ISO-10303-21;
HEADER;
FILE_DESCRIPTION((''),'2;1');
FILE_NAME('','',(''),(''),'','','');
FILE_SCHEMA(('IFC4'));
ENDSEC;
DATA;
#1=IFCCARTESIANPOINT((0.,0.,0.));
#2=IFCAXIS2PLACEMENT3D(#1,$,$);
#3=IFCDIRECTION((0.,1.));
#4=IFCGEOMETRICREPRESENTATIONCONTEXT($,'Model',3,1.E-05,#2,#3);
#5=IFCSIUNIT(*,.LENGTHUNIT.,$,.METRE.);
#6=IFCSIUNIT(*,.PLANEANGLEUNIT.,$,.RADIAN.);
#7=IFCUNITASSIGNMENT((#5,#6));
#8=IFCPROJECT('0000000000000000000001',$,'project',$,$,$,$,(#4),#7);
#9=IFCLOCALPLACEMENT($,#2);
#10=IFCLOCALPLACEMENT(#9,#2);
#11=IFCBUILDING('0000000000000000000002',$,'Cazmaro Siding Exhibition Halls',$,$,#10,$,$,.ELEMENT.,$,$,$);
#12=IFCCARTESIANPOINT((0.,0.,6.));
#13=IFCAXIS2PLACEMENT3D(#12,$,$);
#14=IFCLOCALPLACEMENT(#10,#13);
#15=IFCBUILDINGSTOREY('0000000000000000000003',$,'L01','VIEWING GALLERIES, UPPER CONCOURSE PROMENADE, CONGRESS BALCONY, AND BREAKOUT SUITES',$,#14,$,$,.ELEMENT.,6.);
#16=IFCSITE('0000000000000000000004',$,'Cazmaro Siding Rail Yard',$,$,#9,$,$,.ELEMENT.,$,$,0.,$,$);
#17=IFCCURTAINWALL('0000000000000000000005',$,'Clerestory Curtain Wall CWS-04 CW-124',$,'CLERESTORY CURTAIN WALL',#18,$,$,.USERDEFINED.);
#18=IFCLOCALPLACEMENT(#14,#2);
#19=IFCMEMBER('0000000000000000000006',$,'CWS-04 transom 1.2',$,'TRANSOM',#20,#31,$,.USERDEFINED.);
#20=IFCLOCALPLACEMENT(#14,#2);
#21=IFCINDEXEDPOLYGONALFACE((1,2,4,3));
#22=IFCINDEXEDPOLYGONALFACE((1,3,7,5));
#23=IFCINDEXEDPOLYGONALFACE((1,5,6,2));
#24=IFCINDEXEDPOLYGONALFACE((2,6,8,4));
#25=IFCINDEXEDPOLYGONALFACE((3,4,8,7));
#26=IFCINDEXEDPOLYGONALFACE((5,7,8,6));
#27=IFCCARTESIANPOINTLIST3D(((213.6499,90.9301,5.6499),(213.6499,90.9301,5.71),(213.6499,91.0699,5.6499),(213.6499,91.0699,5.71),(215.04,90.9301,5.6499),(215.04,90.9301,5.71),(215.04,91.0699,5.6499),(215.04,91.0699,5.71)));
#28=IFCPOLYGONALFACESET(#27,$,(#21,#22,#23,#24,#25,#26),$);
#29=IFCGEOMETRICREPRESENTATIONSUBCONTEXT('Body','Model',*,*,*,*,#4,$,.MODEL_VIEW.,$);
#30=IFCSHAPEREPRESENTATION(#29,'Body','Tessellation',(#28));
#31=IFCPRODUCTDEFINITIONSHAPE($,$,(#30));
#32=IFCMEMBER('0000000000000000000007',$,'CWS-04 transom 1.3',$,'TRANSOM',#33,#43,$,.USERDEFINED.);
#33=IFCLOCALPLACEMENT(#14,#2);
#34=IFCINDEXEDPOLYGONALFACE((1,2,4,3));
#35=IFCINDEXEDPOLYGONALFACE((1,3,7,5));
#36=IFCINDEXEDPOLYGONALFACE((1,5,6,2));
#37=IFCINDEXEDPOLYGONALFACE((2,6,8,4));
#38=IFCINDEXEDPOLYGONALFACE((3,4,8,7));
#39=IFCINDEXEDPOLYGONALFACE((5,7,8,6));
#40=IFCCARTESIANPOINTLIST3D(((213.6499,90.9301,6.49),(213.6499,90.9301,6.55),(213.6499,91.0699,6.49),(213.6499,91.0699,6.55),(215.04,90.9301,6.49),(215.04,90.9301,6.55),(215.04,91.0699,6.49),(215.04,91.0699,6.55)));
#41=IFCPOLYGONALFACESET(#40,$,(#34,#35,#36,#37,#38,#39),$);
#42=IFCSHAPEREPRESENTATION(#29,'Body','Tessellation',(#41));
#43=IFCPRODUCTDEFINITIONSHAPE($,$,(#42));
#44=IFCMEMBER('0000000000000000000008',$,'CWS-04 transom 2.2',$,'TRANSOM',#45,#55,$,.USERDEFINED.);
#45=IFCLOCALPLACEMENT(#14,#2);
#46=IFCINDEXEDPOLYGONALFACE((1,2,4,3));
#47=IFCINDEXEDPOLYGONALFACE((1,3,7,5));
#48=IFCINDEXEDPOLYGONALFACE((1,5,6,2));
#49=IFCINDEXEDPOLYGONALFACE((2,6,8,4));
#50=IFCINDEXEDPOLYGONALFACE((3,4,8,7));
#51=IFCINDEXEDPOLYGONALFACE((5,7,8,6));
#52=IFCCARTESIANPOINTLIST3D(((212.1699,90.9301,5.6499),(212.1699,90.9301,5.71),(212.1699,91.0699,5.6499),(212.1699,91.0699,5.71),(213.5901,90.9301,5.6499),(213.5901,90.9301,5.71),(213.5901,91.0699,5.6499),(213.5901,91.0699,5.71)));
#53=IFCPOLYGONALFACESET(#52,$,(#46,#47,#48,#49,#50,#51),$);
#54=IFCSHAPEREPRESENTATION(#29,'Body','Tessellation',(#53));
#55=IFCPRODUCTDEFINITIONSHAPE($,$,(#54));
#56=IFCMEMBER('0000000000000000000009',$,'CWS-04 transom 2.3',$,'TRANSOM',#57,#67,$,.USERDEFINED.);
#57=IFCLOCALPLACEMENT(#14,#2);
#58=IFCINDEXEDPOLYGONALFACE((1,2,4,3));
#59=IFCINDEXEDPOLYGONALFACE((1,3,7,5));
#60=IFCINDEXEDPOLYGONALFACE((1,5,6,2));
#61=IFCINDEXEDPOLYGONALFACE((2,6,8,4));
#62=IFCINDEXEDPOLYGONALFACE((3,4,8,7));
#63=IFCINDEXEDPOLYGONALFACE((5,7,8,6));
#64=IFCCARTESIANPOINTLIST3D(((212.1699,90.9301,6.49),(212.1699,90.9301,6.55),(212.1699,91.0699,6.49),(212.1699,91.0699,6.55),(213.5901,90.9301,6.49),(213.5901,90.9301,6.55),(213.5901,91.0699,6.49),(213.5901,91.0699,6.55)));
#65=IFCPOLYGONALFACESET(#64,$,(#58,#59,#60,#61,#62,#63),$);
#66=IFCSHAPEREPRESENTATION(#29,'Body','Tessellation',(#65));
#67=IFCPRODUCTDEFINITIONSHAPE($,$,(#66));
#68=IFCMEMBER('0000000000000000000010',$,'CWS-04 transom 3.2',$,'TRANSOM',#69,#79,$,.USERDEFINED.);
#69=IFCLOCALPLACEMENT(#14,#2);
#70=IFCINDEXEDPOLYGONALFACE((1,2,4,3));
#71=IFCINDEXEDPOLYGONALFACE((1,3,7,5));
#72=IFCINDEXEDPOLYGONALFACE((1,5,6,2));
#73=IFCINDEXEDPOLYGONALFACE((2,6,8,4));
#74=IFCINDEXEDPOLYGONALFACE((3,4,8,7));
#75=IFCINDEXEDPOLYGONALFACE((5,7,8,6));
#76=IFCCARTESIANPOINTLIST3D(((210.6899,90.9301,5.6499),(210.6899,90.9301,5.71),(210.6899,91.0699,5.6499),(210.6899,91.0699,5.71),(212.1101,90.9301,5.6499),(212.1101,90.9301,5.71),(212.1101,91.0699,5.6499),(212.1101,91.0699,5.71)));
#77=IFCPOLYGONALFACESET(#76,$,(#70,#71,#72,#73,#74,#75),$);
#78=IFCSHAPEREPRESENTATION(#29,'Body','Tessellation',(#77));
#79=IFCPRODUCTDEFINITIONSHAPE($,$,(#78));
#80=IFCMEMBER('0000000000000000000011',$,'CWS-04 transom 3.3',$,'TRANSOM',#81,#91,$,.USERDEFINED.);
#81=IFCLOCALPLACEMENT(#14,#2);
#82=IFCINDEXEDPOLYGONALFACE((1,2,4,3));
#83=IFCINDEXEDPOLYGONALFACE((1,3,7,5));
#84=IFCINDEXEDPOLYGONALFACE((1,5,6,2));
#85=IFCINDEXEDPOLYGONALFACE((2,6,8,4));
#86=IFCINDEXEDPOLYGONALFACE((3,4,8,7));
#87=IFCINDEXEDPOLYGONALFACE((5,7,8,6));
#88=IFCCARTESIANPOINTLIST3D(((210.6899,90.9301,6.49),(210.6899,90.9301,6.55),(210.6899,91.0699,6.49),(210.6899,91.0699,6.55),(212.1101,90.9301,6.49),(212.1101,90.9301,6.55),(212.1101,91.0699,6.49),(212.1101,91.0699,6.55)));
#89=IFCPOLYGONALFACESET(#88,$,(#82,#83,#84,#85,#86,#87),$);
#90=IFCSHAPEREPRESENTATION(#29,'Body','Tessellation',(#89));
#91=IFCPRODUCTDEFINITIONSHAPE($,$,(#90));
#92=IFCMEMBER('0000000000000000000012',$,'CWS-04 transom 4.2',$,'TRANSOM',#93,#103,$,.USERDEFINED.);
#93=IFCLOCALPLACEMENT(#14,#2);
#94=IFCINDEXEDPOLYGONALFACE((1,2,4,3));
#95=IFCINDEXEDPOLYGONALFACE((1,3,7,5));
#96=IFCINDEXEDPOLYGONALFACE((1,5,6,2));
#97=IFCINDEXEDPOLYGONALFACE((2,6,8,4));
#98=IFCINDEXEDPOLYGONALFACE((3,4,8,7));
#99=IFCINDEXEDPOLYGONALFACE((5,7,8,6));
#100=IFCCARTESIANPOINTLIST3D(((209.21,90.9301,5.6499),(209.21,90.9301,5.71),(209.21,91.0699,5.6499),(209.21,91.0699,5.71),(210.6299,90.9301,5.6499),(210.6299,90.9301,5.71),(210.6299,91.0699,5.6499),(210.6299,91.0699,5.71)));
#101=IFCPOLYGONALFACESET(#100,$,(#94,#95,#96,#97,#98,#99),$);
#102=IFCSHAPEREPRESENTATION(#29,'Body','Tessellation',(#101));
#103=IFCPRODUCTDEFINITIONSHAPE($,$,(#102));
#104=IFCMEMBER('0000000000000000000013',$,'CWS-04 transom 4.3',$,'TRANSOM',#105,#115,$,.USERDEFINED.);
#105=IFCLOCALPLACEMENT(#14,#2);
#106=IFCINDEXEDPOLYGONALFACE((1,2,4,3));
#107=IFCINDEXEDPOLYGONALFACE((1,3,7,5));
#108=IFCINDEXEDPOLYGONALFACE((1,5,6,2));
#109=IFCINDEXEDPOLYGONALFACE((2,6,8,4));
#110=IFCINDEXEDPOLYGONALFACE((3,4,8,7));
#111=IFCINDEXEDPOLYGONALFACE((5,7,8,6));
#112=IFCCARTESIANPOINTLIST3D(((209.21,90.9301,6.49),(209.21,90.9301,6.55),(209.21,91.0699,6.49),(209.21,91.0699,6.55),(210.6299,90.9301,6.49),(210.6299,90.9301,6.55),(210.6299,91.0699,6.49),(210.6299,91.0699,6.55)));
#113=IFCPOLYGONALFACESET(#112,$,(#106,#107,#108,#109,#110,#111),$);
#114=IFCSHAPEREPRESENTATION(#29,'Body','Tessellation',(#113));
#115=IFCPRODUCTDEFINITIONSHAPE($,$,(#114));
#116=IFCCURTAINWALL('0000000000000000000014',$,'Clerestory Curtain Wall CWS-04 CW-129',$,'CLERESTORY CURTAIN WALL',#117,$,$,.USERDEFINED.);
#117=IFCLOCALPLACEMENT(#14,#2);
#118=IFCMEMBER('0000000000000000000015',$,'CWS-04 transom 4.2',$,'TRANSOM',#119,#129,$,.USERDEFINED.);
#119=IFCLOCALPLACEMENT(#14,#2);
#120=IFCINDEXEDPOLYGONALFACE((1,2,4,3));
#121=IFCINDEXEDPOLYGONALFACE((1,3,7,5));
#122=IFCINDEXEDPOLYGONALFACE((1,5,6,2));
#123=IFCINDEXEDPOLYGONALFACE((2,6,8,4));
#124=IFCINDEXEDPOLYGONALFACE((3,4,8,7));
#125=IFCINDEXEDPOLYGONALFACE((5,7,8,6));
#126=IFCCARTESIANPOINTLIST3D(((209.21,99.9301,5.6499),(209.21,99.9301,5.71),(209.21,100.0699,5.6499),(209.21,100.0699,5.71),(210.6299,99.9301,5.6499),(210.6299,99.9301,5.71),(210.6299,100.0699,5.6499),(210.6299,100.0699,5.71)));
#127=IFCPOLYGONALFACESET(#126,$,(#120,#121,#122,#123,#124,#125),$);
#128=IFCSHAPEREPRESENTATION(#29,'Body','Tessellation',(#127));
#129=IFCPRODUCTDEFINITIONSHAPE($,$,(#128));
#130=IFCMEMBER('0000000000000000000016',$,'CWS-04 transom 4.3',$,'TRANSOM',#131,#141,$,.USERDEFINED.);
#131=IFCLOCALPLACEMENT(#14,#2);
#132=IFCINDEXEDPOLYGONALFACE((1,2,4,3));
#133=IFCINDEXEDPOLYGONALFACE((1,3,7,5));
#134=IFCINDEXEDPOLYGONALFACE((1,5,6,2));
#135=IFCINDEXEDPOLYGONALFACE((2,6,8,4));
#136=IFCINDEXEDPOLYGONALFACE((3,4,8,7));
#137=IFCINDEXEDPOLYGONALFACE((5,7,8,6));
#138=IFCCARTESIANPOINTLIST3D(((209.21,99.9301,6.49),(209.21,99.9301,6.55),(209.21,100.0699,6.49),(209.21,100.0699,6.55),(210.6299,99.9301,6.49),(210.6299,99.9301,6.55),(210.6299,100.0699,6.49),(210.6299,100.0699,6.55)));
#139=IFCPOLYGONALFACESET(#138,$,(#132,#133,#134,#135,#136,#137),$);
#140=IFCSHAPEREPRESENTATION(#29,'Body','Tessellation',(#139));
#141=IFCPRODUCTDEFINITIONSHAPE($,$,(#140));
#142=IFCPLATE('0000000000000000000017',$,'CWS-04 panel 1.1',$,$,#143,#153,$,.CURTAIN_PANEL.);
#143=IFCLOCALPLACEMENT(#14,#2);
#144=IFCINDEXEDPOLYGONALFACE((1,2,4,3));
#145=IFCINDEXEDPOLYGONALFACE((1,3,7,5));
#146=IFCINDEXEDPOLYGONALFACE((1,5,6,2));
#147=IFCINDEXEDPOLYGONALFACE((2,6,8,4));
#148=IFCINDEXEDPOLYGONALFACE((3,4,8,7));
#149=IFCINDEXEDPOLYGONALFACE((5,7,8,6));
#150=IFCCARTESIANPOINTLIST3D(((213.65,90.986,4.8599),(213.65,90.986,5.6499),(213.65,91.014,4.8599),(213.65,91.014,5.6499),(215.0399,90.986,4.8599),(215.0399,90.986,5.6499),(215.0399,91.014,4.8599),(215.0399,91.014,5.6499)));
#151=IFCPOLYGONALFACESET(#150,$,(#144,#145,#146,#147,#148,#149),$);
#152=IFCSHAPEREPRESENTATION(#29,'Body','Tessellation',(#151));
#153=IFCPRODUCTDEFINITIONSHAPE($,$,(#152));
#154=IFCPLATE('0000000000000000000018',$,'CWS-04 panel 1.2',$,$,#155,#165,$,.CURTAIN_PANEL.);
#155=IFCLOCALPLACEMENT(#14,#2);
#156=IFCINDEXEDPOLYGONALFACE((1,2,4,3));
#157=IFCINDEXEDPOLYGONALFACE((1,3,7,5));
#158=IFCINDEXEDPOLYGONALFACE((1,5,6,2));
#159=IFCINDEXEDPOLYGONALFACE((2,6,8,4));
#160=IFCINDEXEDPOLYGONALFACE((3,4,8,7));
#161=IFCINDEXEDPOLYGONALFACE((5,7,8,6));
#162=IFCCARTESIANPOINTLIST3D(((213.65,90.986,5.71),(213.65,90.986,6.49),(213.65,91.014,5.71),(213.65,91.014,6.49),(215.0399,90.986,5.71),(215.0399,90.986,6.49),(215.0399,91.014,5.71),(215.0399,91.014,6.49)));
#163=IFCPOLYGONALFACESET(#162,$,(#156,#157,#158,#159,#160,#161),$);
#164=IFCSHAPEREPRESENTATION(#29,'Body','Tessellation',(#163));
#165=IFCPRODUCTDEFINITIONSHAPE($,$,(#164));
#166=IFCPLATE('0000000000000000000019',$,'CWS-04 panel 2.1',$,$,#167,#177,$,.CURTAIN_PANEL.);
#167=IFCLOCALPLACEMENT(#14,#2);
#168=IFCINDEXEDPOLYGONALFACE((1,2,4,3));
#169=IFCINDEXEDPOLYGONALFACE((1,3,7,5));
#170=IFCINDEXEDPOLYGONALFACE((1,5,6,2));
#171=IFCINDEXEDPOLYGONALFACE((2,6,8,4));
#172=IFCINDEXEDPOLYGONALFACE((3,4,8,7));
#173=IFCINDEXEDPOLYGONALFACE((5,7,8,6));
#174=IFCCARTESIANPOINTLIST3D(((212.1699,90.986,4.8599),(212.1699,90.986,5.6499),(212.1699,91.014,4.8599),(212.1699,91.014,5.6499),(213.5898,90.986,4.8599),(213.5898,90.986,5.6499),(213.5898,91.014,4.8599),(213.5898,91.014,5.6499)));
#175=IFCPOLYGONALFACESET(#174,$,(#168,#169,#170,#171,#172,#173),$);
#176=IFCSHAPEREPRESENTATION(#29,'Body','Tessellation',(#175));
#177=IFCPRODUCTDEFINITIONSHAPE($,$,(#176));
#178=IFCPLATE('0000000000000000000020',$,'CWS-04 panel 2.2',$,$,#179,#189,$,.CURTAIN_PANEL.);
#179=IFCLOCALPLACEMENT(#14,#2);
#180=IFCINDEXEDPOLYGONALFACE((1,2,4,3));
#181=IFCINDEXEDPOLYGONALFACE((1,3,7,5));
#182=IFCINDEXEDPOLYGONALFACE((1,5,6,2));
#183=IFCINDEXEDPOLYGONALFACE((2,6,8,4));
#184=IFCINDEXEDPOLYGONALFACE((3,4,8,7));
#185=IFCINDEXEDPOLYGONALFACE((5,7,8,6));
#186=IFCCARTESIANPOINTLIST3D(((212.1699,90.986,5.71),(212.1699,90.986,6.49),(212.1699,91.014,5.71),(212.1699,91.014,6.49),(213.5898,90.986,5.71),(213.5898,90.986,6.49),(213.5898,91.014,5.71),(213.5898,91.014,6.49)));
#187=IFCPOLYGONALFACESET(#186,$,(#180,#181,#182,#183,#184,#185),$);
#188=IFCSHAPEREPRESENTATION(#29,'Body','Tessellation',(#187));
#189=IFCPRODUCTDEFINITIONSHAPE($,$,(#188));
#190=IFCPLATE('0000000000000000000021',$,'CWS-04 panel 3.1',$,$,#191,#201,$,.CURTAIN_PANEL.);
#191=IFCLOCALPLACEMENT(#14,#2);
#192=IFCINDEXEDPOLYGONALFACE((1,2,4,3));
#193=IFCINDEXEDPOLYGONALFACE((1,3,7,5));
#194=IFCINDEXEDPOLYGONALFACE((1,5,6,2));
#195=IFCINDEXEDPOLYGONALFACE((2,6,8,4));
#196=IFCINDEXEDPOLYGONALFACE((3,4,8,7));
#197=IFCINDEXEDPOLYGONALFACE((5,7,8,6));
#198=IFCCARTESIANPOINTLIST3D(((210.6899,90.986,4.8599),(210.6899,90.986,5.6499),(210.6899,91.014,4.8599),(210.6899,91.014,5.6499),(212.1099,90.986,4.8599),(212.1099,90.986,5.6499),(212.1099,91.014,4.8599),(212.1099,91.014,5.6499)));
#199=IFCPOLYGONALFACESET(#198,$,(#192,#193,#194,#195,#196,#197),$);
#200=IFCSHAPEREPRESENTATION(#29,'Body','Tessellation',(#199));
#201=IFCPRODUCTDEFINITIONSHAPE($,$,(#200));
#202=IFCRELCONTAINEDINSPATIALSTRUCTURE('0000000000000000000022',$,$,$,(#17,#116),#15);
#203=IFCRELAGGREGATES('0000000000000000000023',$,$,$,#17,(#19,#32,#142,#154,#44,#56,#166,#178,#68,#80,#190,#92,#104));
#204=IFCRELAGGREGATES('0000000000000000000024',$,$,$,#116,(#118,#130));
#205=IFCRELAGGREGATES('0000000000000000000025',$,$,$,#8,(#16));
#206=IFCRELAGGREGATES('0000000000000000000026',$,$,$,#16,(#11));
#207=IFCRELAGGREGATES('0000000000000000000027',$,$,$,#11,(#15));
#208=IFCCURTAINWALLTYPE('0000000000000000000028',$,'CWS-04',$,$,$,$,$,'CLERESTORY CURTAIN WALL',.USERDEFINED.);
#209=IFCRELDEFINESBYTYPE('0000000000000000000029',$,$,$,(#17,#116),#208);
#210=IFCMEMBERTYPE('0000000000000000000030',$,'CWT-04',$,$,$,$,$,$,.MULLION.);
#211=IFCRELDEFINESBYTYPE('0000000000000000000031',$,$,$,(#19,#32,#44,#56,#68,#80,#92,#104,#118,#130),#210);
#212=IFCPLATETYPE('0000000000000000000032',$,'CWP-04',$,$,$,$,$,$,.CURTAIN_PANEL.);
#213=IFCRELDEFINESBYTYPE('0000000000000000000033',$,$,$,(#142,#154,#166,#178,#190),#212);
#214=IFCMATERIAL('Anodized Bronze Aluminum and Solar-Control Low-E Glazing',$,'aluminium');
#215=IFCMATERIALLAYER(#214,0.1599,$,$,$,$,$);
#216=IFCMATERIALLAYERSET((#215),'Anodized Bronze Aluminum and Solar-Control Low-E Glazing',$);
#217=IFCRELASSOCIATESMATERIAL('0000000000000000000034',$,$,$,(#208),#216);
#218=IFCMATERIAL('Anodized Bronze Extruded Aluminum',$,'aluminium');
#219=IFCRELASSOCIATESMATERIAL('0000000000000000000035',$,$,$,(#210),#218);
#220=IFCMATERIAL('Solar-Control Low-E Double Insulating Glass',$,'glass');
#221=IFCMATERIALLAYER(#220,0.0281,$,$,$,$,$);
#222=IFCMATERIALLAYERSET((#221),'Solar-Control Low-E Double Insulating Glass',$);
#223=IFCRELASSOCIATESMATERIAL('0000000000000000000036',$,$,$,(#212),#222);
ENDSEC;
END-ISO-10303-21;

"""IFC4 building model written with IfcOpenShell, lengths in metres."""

from ifc_helpers import new_model, si_unit, direction, frame, origin, origin_2d, place, context, subcontext, project, spatial, rectangle, extrude, material, layer, layer_set, material_profile, profile_set, type_object, element, aggregate, save


model = new_model("IFC4")

# Units and contexts
model_context = context("Model", 3, precision=1e-05, world=origin(), true_north=direction((0.0, 1.0)))
body_context = subcontext(model_context, "Body", "Model", "MODEL_VIEW")
ifc_project = project(units=[si_unit("LENGTHUNIT", "METRE"), si_unit("PLANEANGLEUNIT", "RADIAN")], contexts=[model_context])

# Site, building, storey
site_placement = place(None, origin())
site = spatial("IfcSite", under=ifc_project, at=site_placement, Name="Cazmaro Siding Rail Yard", CompositionType="ELEMENT", RefElevation=0.0)
building_placement = place(site_placement, origin())
building = spatial("IfcBuilding", under=site, at=building_placement, Name="Cazmaro Siding Exhibition Halls", CompositionType="ELEMENT")
storey_placement = place(building_placement, frame((0.0, 0.0, 6.0)))
storey = spatial("IfcBuildingStorey", under=building, at=storey_placement, Name="L01", Description="VIEWING GALLERIES, UPPER CONCOURSE PROMENADE, CONGRESS BALCONY, AND BREAKOUT SUITES", CompositionType="ELEMENT", Elevation=6.0)

# Curtain walls, members
ifc_material_1 = material(Name="Anodized Bronze Aluminum and Solar-Control Low-E Glazing", Category="aluminium")
ifc_layer_1 = layer(ifc_material_1, 0.1599)
ifc_layer_set_1 = layer_set([ifc_layer_1], Name="Anodized Bronze Aluminum and Solar-Control Low-E Glazing")
curtain_wall_type = type_object("IfcCurtainWallType", Name="CWS-04", ElementType="CLERESTORY CURTAIN WALL", PredefinedType="USERDEFINED", material=ifc_layer_set_1)
curtain_wall_1_placement = place(storey_placement, origin())
curtain_wall_1 = element("IfcCurtainWall", 1, at=curtain_wall_1_placement, inside=storey, type_object=curtain_wall_type, Name="Clerestory Curtain Wall CWS-04 CW-124", ObjectType="CLERESTORY CURTAIN WALL", PredefinedType="USERDEFINED")
ifc_material_2 = material(Name="Anodized Bronze Extruded Aluminum", Category="aluminium")
ifc_material_profile = material_profile(ifc_material_2, rectangle(XDim=0.1399, YDim=0.0601, at=origin_2d()), Name="CWT-04")
ifc_profile_set = profile_set([ifc_material_profile], Name="Anodized Bronze Extruded Aluminum")
member_type = type_object("IfcMemberType", Name="CWT-04", PredefinedType="MULLION", material=ifc_profile_set)
member_1_placement = place(storey_placement, frame((215.04, 91.0, 5.6799), z_axis=(-1.0, 0.0, 0.0), x_axis=(0.0, -1.0, 0.0)))
member_1 = element("IfcMember", 2, at=member_1_placement, type_object=member_type, Name="CWS-04 transom 1.2", ObjectType="TRANSOM", PredefinedType="USERDEFINED", context=body_context, shape_type="SweptSolid", body=[
    extrude(rectangle(XDim=0.1399, YDim=0.0601, at=origin_2d()), origin(), (0.0, 0.0, 1.0), 1.3901),
])
member_2_placement = place(storey_placement, frame((215.04, 91.0, 6.52), z_axis=(-1.0, 0.0, 0.0), x_axis=(0.0, -1.0, 0.0)))
member_2 = element("IfcMember", 3, at=member_2_placement, type_object=member_type, Name="CWS-04 transom 1.3", ObjectType="TRANSOM", PredefinedType="USERDEFINED", context=body_context, shape_type="SweptSolid", body=[
    extrude(rectangle(XDim=0.1399, YDim=0.0601, at=origin_2d()), origin(), (0.0, 0.0, 1.0), 1.3901),
])
member_3_placement = place(storey_placement, frame((213.5901, 91.0, 5.6799), z_axis=(-1.0, 0.0, 0.0), x_axis=(0.0, -1.0, 0.0)))
member_3 = element("IfcMember", 4, at=member_3_placement, type_object=member_type, Name="CWS-04 transom 2.2", ObjectType="TRANSOM", PredefinedType="USERDEFINED", context=body_context, shape_type="SweptSolid", body=[
    extrude(rectangle(XDim=0.1399, YDim=0.0601, at=origin_2d()), origin(), (0.0, 0.0, 1.0), 1.4202),
])
member_4_placement = place(storey_placement, frame((213.5901, 91.0, 6.52), z_axis=(-1.0, 0.0, 0.0), x_axis=(0.0, -1.0, 0.0)))
member_4 = element("IfcMember", 5, at=member_4_placement, type_object=member_type, Name="CWS-04 transom 2.3", ObjectType="TRANSOM", PredefinedType="USERDEFINED", context=body_context, shape_type="SweptSolid", body=[
    extrude(rectangle(XDim=0.1399, YDim=0.0601, at=origin_2d()), origin(), (0.0, 0.0, 1.0), 1.4202),
])
member_5_placement = place(storey_placement, frame((212.1101, 91.0, 5.6799), z_axis=(-1.0, 0.0, 0.0), x_axis=(0.0, -1.0, 0.0)))
member_5 = element("IfcMember", 6, at=member_5_placement, type_object=member_type, Name="CWS-04 transom 3.2", ObjectType="TRANSOM", PredefinedType="USERDEFINED", context=body_context, shape_type="SweptSolid", body=[
    extrude(rectangle(XDim=0.1399, YDim=0.0601, at=origin_2d()), origin(), (0.0, 0.0, 1.0), 1.4202),
])
member_6_placement = place(storey_placement, frame((212.1101, 91.0, 6.52), z_axis=(-1.0, 0.0, 0.0), x_axis=(0.0, -1.0, 0.0)))
member_6 = element("IfcMember", 7, at=member_6_placement, type_object=member_type, Name="CWS-04 transom 3.3", ObjectType="TRANSOM", PredefinedType="USERDEFINED", context=body_context, shape_type="SweptSolid", body=[
    extrude(rectangle(XDim=0.1399, YDim=0.0601, at=origin_2d()), origin(), (0.0, 0.0, 1.0), 1.4202),
])
member_7_placement = place(storey_placement, frame((210.6299, 91.0, 5.6799), z_axis=(-1.0, 0.0, 0.0), x_axis=(0.0, -1.0, 0.0)))
member_7 = element("IfcMember", 8, at=member_7_placement, type_object=member_type, Name="CWS-04 transom 4.2", ObjectType="TRANSOM", PredefinedType="USERDEFINED", context=body_context, shape_type="SweptSolid", body=[
    extrude(rectangle(XDim=0.1399, YDim=0.0601, at=origin_2d()), origin(), (0.0, 0.0, 1.0), 1.4199),
])
member_8_placement = place(storey_placement, frame((210.6299, 91.0, 6.52), z_axis=(-1.0, 0.0, 0.0), x_axis=(0.0, -1.0, 0.0)))
member_8 = element("IfcMember", 9, at=member_8_placement, type_object=member_type, Name="CWS-04 transom 4.3", ObjectType="TRANSOM", PredefinedType="USERDEFINED", context=body_context, shape_type="SweptSolid", body=[
    extrude(rectangle(XDim=0.1399, YDim=0.0601, at=origin_2d()), origin(), (0.0, 0.0, 1.0), 1.4199),
])
curtain_wall_2_placement = place(storey_placement, origin())
curtain_wall_2 = element("IfcCurtainWall", 10, at=curtain_wall_2_placement, inside=storey, type_object=curtain_wall_type, Name="Clerestory Curtain Wall CWS-04 CW-129", ObjectType="CLERESTORY CURTAIN WALL", PredefinedType="USERDEFINED")
member_9_placement = place(storey_placement, frame((210.6299, 100.0, 5.6799), z_axis=(-1.0, 0.0, 0.0), x_axis=(0.0, -1.0, 0.0)))
member_9 = element("IfcMember", 11, at=member_9_placement, type_object=member_type, Name="CWS-04 transom 4.2", ObjectType="TRANSOM", PredefinedType="USERDEFINED", context=body_context, shape_type="SweptSolid", body=[
    extrude(rectangle(XDim=0.1399, YDim=0.0601, at=origin_2d()), origin(), (0.0, 0.0, 1.0), 1.4199),
])
member_10_placement = place(storey_placement, frame((210.6299, 100.0, 6.52), z_axis=(-1.0, 0.0, 0.0), x_axis=(0.0, -1.0, 0.0)))
member_10 = element("IfcMember", 12, at=member_10_placement, type_object=member_type, Name="CWS-04 transom 4.3", ObjectType="TRANSOM", PredefinedType="USERDEFINED", context=body_context, shape_type="SweptSolid", body=[
    extrude(rectangle(XDim=0.1399, YDim=0.0601, at=origin_2d()), origin(), (0.0, 0.0, 1.0), 1.4199),
])

# Plates
ifc_material_3 = material(Name="Solar-Control Low-E Double Insulating Glass", Category="glass")
ifc_layer_2 = layer(ifc_material_3, 0.0281)
ifc_layer_set_2 = layer_set([ifc_layer_2], Name="Solar-Control Low-E Double Insulating Glass")
plate_type = type_object("IfcPlateType", Name="CWP-04", PredefinedType="CURTAIN_PANEL", material=ifc_layer_set_2)
plate_1_placement = place(storey_placement, frame((214.345, 91.0, 4.8599), z_axis=(0.0, 0.0, 1.0), x_axis=(-1.0, 0.0, 0.0)))
plate_1 = element("IfcPlate", 13, at=plate_1_placement, type_object=plate_type, Name="CWS-04 panel 1.1", PredefinedType="CURTAIN_PANEL", context=body_context, shape_type="SweptSolid", body=[
    extrude(rectangle(XDim=1.3899, YDim=0.0281, at=origin_2d()), origin(), (0.0, 0.0, 1.0), 0.79),
])
plate_2_placement = place(storey_placement, frame((214.345, 91.0, 5.71), z_axis=(0.0, 0.0, 1.0), x_axis=(-1.0, 0.0, 0.0)))
plate_2 = element("IfcPlate", 14, at=plate_2_placement, type_object=plate_type, Name="CWS-04 panel 1.2", PredefinedType="CURTAIN_PANEL", context=body_context, shape_type="SweptSolid", body=[
    extrude(rectangle(XDim=1.3899, YDim=0.0281, at=origin_2d()), origin(), (0.0, 0.0, 1.0), 0.78),
])
plate_3_placement = place(storey_placement, frame((212.8799, 91.0, 4.8599), z_axis=(0.0, 0.0, 1.0), x_axis=(-1.0, 0.0, 0.0)))
plate_3 = element("IfcPlate", 15, at=plate_3_placement, type_object=plate_type, Name="CWS-04 panel 2.1", PredefinedType="CURTAIN_PANEL", context=body_context, shape_type="SweptSolid", body=[
    extrude(rectangle(XDim=1.4199, YDim=0.0281, at=origin_2d()), origin(), (0.0, 0.0, 1.0), 0.79),
])
plate_4_placement = place(storey_placement, frame((212.8799, 91.0, 5.71), z_axis=(0.0, 0.0, 1.0), x_axis=(-1.0, 0.0, 0.0)))
plate_4 = element("IfcPlate", 16, at=plate_4_placement, type_object=plate_type, Name="CWS-04 panel 2.2", PredefinedType="CURTAIN_PANEL", context=body_context, shape_type="SweptSolid", body=[
    extrude(rectangle(XDim=1.4199, YDim=0.0281, at=origin_2d()), origin(), (0.0, 0.0, 1.0), 0.78),
])
plate_5_placement = place(storey_placement, frame((211.3999, 91.0, 4.8599), z_axis=(0.0, 0.0, 1.0), x_axis=(-1.0, 0.0, 0.0)))
plate_5 = element("IfcPlate", 17, at=plate_5_placement, type_object=plate_type, Name="CWS-04 panel 3.1", PredefinedType="CURTAIN_PANEL", context=body_context, shape_type="SweptSolid", body=[
    extrude(rectangle(XDim=1.4199, YDim=0.0281, at=origin_2d()), origin(), (0.0, 0.0, 1.0), 0.79),
])
aggregate(curtain_wall_1, [member_1, member_2, plate_1, plate_2, member_3, member_4, plate_3, plate_4, member_5, member_6, plate_5, member_7, member_8])
aggregate(curtain_wall_2, [member_9, member_10])

save(model, "model.ifc")
